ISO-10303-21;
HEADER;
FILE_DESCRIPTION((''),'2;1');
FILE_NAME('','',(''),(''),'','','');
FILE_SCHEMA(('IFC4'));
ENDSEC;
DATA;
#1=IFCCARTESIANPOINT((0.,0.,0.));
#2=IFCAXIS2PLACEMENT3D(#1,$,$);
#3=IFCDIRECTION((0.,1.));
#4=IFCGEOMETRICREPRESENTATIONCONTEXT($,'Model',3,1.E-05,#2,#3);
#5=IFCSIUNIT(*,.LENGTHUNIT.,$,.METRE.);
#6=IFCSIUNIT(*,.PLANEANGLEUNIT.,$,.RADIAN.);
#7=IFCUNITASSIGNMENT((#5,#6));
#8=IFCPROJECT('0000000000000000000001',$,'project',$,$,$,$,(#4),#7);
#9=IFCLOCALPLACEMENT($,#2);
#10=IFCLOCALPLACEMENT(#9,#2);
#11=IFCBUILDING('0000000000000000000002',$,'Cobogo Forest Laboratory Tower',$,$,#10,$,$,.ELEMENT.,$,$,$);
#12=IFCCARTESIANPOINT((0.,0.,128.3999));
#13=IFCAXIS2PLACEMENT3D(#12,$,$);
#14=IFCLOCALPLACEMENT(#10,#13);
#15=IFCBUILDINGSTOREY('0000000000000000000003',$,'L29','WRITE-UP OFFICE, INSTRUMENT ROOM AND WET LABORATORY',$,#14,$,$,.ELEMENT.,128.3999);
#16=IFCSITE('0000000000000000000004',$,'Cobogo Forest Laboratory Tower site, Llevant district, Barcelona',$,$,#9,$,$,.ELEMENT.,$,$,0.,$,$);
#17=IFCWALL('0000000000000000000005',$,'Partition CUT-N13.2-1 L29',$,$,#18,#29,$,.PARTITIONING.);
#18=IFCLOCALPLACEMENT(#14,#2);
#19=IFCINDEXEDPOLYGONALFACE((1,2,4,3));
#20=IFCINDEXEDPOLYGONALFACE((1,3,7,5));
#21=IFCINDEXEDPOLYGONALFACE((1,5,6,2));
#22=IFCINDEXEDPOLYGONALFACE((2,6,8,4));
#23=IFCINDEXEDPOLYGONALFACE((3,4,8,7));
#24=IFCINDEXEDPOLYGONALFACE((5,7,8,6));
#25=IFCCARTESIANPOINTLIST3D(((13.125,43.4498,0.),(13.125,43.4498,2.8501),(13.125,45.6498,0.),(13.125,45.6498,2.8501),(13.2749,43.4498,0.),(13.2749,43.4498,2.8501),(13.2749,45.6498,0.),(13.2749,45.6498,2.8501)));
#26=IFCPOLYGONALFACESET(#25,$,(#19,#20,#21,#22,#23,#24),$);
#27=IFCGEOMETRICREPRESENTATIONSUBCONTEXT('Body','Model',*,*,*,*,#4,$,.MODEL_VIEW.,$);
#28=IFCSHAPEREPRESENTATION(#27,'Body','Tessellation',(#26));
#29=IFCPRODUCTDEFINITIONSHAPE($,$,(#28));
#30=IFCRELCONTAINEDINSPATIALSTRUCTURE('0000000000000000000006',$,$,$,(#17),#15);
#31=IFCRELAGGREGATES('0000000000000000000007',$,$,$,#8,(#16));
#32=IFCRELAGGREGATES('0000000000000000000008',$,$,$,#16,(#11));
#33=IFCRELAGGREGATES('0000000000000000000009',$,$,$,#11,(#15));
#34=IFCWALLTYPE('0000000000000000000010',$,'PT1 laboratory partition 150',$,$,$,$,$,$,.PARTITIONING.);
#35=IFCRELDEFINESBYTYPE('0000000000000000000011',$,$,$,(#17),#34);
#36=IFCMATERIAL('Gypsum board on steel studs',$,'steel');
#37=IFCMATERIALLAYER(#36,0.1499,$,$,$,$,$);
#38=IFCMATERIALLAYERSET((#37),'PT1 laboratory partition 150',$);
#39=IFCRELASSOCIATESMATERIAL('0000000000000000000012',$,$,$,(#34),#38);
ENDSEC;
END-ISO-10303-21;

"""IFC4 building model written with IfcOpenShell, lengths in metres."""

from ifc_helpers import new_model, si_unit, direction, frame, frame_2d, origin, place, context, subcontext, project, spatial, rectangle, extrude, material, layer, layer_set, type_object, element, save


model = new_model("IFC4")

# Units and contexts
model_context = context("Model", 3, precision=1e-05, world=origin(), true_north=direction((0.0, 1.0)))
body_context = subcontext(model_context, "Body", "Model", "MODEL_VIEW")
ifc_project = project(units=[si_unit("LENGTHUNIT", "METRE"), si_unit("PLANEANGLEUNIT", "RADIAN")], contexts=[model_context])

# Site, building, storey
site_placement = place(None, origin())
site = spatial("IfcSite", under=ifc_project, at=site_placement, Name="Cobogo Forest Laboratory Tower site, Llevant district, Barcelona", CompositionType="ELEMENT", RefElevation=0.0)
building_placement = place(site_placement, origin())
building = spatial("IfcBuilding", under=site, at=building_placement, Name="Cobogo Forest Laboratory Tower", CompositionType="ELEMENT")
storey_placement = place(building_placement, frame((0.0, 0.0, 128.3999)))
storey = spatial("IfcBuildingStorey", under=building, at=storey_placement, Name="L29", Description="WRITE-UP OFFICE, INSTRUMENT ROOM AND WET LABORATORY", CompositionType="ELEMENT", Elevation=128.3999)

# Wall
ifc_material_1 = material(Name="Gypsum board on steel studs", Category="steel")
ifc_layer_1 = layer(ifc_material_1, 0.1499)
ifc_layer_set_1 = layer_set([ifc_layer_1], Name="PT1 laboratory partition 150")
wall_type = type_object("IfcWallType", Name="PT1 laboratory partition 150", PredefinedType="PARTITIONING", material=ifc_layer_set_1)
wall_placement = place(storey_placement, frame((13.2, 45.6499, 0.0), z_axis=(0.0, 0.0, 1.0), x_axis=(0.0, -1.0, 0.0)))
element("IfcWall", 1, at=wall_placement, inside=storey, type_object=wall_type, Name="Partition CUT-N13.2-1 L29", PredefinedType="PARTITIONING", context=body_context, shape_type="SweptSolid", body=[
    extrude(rectangle(XDim=2.2, YDim=0.1499, at=frame_2d((1.1001, 0.0))), origin(), (0.0, 0.0, 1.0), 2.8501),
])

save(model, "model.ifc")
